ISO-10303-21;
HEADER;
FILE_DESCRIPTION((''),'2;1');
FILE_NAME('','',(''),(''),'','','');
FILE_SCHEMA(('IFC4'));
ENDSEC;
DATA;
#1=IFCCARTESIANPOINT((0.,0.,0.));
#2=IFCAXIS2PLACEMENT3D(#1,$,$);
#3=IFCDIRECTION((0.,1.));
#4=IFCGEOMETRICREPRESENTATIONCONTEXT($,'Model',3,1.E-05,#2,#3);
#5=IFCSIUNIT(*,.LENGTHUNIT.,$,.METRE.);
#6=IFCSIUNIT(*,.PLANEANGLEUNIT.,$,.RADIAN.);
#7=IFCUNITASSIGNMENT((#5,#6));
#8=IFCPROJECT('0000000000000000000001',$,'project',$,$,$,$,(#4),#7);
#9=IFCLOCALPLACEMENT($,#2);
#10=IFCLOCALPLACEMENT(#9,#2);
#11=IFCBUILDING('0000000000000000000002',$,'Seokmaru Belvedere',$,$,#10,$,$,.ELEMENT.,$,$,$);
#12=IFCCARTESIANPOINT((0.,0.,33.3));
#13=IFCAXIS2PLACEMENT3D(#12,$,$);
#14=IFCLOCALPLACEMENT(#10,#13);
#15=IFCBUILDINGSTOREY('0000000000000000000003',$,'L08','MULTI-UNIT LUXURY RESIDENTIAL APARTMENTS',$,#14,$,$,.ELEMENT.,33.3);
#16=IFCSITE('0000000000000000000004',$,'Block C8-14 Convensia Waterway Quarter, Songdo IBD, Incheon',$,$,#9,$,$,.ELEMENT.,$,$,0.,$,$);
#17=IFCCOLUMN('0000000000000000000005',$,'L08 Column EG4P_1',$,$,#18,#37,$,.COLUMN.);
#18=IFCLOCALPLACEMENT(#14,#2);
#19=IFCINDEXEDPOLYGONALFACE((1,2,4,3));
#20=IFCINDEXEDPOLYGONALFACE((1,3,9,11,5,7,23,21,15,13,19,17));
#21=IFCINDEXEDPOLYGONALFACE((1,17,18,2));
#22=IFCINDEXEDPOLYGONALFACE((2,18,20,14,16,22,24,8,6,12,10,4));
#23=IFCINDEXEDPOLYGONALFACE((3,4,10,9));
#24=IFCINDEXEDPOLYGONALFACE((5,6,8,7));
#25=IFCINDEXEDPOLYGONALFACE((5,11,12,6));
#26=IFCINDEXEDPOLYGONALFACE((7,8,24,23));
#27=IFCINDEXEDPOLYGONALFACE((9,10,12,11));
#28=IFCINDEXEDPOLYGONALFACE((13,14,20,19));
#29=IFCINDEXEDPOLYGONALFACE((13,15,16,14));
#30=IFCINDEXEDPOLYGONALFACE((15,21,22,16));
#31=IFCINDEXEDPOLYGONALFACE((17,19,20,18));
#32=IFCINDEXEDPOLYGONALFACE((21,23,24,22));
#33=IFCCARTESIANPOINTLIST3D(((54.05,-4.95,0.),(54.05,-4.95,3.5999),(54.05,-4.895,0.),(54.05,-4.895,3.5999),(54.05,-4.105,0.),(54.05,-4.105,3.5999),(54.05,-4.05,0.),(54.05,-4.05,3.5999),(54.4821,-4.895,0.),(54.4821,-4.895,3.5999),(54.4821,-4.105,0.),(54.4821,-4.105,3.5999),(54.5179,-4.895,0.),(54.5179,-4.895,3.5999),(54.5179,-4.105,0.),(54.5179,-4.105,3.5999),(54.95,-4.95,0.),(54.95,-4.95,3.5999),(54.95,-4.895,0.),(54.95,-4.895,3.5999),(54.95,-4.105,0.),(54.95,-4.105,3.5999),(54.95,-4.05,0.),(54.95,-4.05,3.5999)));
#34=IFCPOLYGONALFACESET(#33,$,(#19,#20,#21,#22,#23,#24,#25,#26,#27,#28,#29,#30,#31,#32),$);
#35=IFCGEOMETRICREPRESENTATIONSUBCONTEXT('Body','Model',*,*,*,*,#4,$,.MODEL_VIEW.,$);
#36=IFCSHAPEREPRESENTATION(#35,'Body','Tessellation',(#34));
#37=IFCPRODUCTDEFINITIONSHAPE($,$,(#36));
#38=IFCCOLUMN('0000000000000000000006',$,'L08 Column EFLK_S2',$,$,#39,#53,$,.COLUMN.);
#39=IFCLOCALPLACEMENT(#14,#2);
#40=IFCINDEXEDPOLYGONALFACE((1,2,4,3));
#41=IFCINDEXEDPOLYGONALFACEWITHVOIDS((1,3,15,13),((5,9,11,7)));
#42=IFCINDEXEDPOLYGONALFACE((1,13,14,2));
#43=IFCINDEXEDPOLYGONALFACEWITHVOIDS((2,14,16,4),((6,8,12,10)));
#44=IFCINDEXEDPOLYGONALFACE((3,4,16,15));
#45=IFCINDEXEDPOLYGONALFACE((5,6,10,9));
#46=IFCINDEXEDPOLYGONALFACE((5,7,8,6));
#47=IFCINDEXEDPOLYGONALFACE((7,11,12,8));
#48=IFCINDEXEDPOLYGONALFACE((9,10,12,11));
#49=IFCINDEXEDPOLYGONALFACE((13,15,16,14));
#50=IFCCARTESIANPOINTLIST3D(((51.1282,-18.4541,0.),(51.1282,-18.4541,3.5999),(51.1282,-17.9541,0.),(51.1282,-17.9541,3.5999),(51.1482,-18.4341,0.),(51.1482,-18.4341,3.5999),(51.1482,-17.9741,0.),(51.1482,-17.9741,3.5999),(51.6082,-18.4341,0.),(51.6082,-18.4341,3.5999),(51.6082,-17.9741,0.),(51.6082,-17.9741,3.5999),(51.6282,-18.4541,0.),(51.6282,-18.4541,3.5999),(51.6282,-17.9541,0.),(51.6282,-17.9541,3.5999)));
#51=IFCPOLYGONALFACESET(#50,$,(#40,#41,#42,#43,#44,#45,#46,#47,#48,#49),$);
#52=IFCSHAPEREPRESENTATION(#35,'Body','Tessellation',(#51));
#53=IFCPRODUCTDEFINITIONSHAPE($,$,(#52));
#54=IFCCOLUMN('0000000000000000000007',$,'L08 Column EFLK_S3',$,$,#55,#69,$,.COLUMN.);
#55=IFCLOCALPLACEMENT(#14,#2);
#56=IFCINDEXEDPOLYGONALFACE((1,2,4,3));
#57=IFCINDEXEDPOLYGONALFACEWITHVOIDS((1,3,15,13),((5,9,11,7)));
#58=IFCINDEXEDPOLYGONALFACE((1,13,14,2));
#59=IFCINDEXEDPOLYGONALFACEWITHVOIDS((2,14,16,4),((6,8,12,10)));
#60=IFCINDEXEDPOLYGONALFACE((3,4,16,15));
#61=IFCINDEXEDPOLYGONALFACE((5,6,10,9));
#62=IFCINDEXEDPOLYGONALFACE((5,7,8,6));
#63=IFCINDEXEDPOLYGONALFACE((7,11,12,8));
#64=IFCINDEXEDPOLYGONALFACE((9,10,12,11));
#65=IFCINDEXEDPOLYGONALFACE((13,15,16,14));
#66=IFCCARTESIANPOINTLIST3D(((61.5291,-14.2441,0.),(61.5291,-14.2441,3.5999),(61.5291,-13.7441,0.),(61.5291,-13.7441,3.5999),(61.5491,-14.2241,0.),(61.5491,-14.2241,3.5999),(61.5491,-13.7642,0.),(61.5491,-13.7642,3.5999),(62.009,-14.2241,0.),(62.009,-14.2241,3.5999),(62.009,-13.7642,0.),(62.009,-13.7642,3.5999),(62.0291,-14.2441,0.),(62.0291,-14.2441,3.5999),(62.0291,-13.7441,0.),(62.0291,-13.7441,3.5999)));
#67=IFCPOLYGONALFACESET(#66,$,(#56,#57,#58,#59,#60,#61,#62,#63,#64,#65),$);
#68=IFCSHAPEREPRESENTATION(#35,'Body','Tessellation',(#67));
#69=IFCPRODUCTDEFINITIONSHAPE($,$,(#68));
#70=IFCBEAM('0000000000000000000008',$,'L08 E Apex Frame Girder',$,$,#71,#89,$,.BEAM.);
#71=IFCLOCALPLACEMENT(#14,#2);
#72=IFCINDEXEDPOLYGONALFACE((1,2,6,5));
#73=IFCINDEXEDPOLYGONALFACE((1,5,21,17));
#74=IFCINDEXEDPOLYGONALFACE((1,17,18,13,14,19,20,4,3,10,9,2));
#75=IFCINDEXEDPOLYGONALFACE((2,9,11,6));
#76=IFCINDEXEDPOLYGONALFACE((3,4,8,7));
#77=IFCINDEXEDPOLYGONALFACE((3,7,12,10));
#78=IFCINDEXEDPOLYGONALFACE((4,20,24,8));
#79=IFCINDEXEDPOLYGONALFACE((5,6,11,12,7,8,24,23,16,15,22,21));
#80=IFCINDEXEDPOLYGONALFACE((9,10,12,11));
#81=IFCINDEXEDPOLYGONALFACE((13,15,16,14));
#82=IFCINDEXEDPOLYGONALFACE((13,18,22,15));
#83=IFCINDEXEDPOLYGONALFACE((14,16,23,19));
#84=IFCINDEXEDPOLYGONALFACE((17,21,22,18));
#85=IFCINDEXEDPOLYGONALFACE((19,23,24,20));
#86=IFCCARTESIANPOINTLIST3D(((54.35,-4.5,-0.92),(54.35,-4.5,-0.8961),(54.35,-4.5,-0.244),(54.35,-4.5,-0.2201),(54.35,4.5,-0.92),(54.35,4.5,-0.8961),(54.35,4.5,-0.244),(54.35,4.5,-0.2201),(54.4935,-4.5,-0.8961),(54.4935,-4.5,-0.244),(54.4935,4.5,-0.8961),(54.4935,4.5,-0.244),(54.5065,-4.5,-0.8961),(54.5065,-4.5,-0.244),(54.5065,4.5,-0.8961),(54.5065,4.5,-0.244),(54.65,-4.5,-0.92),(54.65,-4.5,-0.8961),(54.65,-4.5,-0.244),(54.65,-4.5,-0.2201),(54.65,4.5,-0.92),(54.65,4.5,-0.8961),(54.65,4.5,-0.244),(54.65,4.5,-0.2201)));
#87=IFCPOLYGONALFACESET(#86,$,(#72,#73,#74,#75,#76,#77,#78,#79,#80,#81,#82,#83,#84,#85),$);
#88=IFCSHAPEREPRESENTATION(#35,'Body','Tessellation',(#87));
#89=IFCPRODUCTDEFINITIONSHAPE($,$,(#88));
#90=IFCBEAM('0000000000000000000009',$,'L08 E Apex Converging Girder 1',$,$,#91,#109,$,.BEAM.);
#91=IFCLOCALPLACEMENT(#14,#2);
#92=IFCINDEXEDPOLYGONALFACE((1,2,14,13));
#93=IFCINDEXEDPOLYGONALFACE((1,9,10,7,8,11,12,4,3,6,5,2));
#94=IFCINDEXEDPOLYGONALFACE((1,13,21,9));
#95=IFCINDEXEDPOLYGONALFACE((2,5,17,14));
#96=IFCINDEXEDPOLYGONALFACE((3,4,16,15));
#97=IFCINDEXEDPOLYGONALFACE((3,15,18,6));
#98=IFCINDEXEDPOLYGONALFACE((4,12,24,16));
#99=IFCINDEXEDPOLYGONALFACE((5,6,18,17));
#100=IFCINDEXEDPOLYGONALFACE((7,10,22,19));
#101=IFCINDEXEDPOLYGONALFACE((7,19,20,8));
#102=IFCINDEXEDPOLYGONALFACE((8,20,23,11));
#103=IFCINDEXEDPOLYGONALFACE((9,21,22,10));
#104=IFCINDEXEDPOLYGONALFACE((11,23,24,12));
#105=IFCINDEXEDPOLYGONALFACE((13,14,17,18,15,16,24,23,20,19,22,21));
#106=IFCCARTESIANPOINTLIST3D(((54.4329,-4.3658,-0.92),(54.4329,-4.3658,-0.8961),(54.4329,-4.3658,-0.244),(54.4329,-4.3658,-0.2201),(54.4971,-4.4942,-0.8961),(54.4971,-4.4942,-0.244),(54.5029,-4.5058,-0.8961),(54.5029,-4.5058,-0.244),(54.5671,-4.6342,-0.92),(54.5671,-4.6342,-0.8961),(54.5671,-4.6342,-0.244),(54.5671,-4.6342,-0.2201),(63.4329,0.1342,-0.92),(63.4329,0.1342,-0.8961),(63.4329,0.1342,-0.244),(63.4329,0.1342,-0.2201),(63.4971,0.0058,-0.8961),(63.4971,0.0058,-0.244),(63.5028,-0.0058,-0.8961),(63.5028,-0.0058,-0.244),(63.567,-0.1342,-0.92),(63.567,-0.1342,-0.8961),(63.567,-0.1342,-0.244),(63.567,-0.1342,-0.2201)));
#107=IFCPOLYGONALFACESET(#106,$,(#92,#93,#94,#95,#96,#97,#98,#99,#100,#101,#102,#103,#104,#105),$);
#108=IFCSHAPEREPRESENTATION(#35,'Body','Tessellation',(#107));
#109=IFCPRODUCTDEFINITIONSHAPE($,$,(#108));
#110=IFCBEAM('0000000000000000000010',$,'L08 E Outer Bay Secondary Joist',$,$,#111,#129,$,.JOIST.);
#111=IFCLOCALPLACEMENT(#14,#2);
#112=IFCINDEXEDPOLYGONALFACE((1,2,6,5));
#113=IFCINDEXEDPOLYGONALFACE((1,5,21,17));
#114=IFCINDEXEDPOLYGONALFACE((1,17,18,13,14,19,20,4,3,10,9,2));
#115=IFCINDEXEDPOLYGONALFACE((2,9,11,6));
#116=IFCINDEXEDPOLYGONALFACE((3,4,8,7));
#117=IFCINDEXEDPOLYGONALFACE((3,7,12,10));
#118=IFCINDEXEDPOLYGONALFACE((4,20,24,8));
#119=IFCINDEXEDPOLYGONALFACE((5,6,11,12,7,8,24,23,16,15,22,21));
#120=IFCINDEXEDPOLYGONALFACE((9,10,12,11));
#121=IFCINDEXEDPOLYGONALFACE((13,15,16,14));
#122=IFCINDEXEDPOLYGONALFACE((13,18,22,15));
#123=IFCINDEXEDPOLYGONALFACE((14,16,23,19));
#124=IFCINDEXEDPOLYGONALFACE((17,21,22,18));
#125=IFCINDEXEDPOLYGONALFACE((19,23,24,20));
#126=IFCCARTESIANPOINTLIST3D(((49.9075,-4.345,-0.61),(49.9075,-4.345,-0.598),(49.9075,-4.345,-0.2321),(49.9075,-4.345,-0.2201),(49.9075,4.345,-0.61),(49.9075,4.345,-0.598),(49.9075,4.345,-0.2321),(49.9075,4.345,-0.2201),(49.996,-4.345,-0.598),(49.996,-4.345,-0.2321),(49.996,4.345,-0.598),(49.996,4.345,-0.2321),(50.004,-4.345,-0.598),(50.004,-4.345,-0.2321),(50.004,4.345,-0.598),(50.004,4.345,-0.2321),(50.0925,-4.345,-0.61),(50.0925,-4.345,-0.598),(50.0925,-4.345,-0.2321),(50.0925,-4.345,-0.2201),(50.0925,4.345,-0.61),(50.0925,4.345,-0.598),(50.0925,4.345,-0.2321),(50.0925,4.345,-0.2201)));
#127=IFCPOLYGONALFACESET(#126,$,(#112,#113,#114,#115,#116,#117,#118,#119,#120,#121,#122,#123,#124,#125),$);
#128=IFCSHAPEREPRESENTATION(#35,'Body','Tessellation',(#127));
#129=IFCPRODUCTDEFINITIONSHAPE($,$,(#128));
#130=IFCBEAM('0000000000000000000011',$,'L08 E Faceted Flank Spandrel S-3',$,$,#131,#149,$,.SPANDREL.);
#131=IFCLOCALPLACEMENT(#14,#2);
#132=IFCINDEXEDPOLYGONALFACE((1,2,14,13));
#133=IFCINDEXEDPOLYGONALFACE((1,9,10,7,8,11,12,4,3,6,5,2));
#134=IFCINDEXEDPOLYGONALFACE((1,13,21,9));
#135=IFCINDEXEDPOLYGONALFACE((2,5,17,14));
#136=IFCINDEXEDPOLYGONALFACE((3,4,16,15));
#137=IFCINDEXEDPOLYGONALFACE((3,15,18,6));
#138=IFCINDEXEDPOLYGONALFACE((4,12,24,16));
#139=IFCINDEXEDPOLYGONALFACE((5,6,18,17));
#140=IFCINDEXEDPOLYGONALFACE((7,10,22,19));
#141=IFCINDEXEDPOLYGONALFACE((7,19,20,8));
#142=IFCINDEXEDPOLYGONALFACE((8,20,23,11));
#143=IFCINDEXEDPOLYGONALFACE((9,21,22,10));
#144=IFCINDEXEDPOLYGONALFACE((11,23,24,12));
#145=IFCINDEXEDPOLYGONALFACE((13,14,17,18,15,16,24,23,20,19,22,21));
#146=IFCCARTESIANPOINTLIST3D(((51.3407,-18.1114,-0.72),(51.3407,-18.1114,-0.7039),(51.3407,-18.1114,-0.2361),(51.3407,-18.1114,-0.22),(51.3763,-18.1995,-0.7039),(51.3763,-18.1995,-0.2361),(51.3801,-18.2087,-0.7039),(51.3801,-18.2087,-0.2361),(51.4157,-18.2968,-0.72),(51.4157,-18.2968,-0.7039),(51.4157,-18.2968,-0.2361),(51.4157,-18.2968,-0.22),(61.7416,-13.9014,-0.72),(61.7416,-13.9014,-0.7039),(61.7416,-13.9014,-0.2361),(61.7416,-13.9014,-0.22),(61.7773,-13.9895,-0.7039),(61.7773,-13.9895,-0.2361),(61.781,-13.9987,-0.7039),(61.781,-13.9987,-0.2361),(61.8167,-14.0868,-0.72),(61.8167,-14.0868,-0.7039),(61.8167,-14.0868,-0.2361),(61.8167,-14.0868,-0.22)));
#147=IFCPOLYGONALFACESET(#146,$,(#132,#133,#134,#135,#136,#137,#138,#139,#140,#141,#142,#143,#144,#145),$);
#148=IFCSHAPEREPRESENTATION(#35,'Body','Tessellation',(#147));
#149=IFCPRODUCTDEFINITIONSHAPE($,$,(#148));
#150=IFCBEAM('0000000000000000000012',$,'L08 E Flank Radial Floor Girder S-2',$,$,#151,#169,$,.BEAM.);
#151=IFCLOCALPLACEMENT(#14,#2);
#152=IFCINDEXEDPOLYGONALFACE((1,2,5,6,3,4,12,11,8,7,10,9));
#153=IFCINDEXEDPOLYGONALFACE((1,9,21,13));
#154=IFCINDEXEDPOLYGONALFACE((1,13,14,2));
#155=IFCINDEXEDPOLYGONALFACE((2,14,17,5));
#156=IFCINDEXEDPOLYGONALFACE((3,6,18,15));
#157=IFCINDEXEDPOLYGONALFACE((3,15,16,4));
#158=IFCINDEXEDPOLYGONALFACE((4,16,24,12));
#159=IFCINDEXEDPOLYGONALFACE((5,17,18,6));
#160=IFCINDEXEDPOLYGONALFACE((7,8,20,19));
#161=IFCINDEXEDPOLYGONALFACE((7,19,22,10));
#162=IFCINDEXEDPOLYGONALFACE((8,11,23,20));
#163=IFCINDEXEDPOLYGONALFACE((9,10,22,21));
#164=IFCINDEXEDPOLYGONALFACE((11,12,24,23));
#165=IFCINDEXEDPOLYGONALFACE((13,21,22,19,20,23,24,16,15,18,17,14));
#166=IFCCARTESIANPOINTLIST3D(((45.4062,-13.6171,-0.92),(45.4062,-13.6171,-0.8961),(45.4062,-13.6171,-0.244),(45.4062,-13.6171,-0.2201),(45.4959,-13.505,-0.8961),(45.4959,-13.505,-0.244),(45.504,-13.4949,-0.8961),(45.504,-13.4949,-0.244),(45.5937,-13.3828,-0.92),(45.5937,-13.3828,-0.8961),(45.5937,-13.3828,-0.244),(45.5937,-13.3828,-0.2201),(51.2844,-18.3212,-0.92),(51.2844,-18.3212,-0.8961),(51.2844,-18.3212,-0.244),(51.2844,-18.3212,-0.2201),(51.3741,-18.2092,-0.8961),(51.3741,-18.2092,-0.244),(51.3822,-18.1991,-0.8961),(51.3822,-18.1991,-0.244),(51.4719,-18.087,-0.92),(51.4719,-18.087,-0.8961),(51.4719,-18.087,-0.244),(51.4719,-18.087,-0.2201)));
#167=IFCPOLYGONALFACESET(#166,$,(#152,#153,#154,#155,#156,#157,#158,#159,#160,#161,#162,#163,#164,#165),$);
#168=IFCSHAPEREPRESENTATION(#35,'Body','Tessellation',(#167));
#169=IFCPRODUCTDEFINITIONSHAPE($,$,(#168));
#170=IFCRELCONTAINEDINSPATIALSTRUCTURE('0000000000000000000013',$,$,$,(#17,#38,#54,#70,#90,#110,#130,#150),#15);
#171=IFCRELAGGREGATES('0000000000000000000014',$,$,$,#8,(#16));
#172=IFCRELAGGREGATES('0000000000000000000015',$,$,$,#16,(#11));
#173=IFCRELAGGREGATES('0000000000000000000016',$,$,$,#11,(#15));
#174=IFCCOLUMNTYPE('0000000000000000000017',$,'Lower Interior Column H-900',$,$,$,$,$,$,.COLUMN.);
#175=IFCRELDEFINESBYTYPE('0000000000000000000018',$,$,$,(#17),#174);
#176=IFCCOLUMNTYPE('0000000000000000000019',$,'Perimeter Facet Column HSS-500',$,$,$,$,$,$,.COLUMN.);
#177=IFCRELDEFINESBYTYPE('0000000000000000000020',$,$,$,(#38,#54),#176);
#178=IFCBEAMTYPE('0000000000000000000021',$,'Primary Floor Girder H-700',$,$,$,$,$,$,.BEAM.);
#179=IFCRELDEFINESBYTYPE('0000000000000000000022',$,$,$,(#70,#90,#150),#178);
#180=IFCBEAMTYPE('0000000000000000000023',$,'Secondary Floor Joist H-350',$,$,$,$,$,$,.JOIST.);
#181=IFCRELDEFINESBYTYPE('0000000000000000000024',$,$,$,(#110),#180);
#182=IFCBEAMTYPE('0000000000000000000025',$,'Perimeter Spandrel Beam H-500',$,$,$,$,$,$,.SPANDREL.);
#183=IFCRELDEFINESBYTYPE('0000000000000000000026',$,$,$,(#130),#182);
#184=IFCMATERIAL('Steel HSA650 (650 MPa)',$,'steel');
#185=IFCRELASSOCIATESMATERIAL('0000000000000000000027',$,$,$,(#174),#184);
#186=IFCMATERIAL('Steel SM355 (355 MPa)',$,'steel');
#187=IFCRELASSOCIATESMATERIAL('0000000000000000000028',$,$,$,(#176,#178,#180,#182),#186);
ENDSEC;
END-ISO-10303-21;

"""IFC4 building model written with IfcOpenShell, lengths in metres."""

from ifc_helpers import new_model, si_unit, direction, frame, origin, origin_2d, place, context, subcontext, project, spatial, hollow_rectangle, i_section, extrude, source, transform, mapped, material, material_profile, profile_set, type_object, type_shapes, element, save


model = new_model("IFC4")

# Units and contexts
model_context = context("Model", 3, precision=1e-05, world=origin(), true_north=direction((0.0, 1.0)))
body_context = subcontext(model_context, "Body", "Model", "MODEL_VIEW")
ifc_project = project(units=[si_unit("LENGTHUNIT", "METRE"), si_unit("PLANEANGLEUNIT", "RADIAN")], contexts=[model_context])

# Site, building, storey
site_placement = place(None, origin())
site = spatial("IfcSite", under=ifc_project, at=site_placement, Name="Block C8-14 Convensia Waterway Quarter, Songdo IBD, Incheon", CompositionType="ELEMENT", RefElevation=0.0)
building_placement = place(site_placement, origin())
building = spatial("IfcBuilding", under=site, at=building_placement, Name="Seokmaru Belvedere", CompositionType="ELEMENT")
storey_placement = place(building_placement, frame((0.0, 0.0, 33.3)))
storey = spatial("IfcBuildingStorey", under=building, at=storey_placement, Name="L08", Description="MULTI-UNIT LUXURY RESIDENTIAL APARTMENTS", CompositionType="ELEMENT", Elevation=33.3)

# Columns
ifc_material_1 = material(Name="Steel HSA650 (650 MPa)", Category="steel")
ifc_material_profile_1 = material_profile(ifc_material_1, i_section(OverallWidth=0.8999, OverallDepth=0.8999, WebThickness=0.0359, FlangeThickness=0.0549, at=origin_2d()), Name="H-900x900x36x55")
ifc_profile_set_1 = profile_set([ifc_material_profile_1], Name="Steel HSA650 (650 MPa)")
column_type_1 = type_object("IfcColumnType", Name="Lower Interior Column H-900", PredefinedType="COLUMN", material=ifc_profile_set_1)
shared_shape_1 = source(origin(), body_context, "Body", "SweptSolid", [
    extrude(i_section(OverallWidth=0.8999, OverallDepth=0.8999, WebThickness=0.0359, FlangeThickness=0.0549, at=origin_2d()), origin(), (0.0, 0.0, 1.0), 3.5999),
])
type_shapes(column_type_1, [shared_shape_1])
column_placement = place(storey_placement, frame((54.5, -4.5, 0.0), z_axis=(0.0, 0.0, 1.0), x_axis=(1.0, 0.0, 0.0)))
element("IfcColumn", 1, at=column_placement, inside=storey, type_object=column_type_1, Name="L08 Column EG4P_1", PredefinedType="COLUMN", context=body_context, shape_type="MappedRepresentation", body=[
    mapped(shared_shape_1, transform((0.0, 0.0, 0.0), scale=1.0)),
])
ifc_material_2 = material(Name="Steel SM355 (355 MPa)", Category="steel")
ifc_material_profile_2 = material_profile(ifc_material_2, hollow_rectangle(XDim=0.5, YDim=0.5, WallThickness=0.02, at=origin_2d()), Name="HSS-500x500x20")
ifc_profile_set_2 = profile_set([ifc_material_profile_2], Name="Steel SM355 (355 MPa)")
column_type_2 = type_object("IfcColumnType", Name="Perimeter Facet Column HSS-500", PredefinedType="COLUMN", material=ifc_profile_set_2)
shared_shape_2 = source(origin(), body_context, "Body", "SweptSolid", [
    extrude(hollow_rectangle(XDim=0.5, YDim=0.5, WallThickness=0.02, at=origin_2d()), origin(), (0.0, 0.0, 1.0), 3.5999),
])
type_shapes(column_type_2, [shared_shape_2])
for number, where, z_axis, x_axis, name in (
    (2, (51.3782, -18.2041, 0.0), (0.0, 0.0, 1.0), (1.0, 0.0, 0.0), "L08 Column EFLK_S2"),
    (3, (61.7791, -13.9941, 0.0), (0.0, 0.0, 1.0), (1.0, 0.0, 0.0), "L08 Column EFLK_S3"),
):
    element("IfcColumn", number, at=place(storey_placement, frame(where, z_axis=z_axis, x_axis=x_axis)), inside=storey, type_object=column_type_2, Name=name, PredefinedType="COLUMN", context=body_context, shape_type="MappedRepresentation", body=[
        mapped(shared_shape_2, transform((0.0, 0.0, 0.0), scale=1.0)),
    ])

# Beams
ifc_material_profile_3 = material_profile(ifc_material_2, i_section(OverallWidth=0.3, OverallDepth=0.7, WebThickness=0.0129, FlangeThickness=0.0239, at=origin_2d()), Name="H-700x300x13x24")
ifc_profile_set_3 = profile_set([ifc_material_profile_3], Name="Steel SM355 (355 MPa)")
beam_type_1 = type_object("IfcBeamType", Name="Primary Floor Girder H-700", PredefinedType="BEAM", material=ifc_profile_set_3)
shared_shape_3 = source(origin(), body_context, "Body", "SweptSolid", [
    extrude(i_section(OverallWidth=0.3, OverallDepth=0.7, WebThickness=0.0129, FlangeThickness=0.0239, at=origin_2d()), origin(), (0.0, 0.0, 1.0), 9.0),
])
beam_1_placement = place(storey_placement, frame((54.5, -4.5, -0.5701), z_axis=(0.0, 1.0, 0.0), x_axis=(-1.0, 0.0, 0.0)))
element("IfcBeam", 4, at=beam_1_placement, inside=storey, type_object=beam_type_1, Name="L08 E Apex Frame Girder", PredefinedType="BEAM", context=body_context, shape_type="MappedRepresentation", body=[
    mapped(shared_shape_3, transform((0.0, 0.0, 0.0), scale=1.0)),
])
shared_shape_4 = source(origin(), body_context, "Body", "SweptSolid", [
    extrude(i_section(OverallWidth=0.3, OverallDepth=0.7, WebThickness=0.0129, FlangeThickness=0.0239, at=origin_2d()), origin(), (0.0, 0.0, 1.0), 10.0623),
])
beam_2_placement = place(storey_placement, frame((54.5, -4.5, -0.5701), z_axis=(0.894427, 0.447214, 0.0), x_axis=(-0.447214, 0.894427, 0.0)))
element("IfcBeam", 5, at=beam_2_placement, inside=storey, type_object=beam_type_1, Name="L08 E Apex Converging Girder 1", PredefinedType="BEAM", context=body_context, shape_type="MappedRepresentation", body=[
    mapped(shared_shape_4, transform((0.0, 0.0, 0.0), scale=1.0)),
])
ifc_material_profile_4 = material_profile(ifc_material_2, i_section(OverallWidth=0.1851, OverallDepth=0.3899, WebThickness=0.0081, FlangeThickness=0.012, at=origin_2d()), Name="H-390x185x8x12")
ifc_profile_set_4 = profile_set([ifc_material_profile_4], Name="Steel SM355 (355 MPa)")
beam_type_2 = type_object("IfcBeamType", Name="Secondary Floor Joist H-350", PredefinedType="JOIST", material=ifc_profile_set_4)
shared_shape_5 = source(origin(), body_context, "Body", "SweptSolid", [
    extrude(i_section(OverallWidth=0.1851, OverallDepth=0.3899, WebThickness=0.0081, FlangeThickness=0.012, at=origin_2d()), origin(), (0.0, 0.0, 1.0), 8.6899),
])
type_shapes(beam_type_2, [shared_shape_5])
beam_3_placement = place(storey_placement, frame((50.0, -4.345, -0.415), z_axis=(0.0, 1.0, 0.0), x_axis=(-1.0, 0.0, 0.0)))
element("IfcBeam", 6, at=beam_3_placement, inside=storey, type_object=beam_type_2, Name="L08 E Outer Bay Secondary Joist", PredefinedType="JOIST", context=body_context, shape_type="MappedRepresentation", body=[
    mapped(shared_shape_5, transform((0.0, 0.0, 0.0), scale=1.0)),
])
ifc_material_profile_5 = material_profile(ifc_material_2, i_section(OverallWidth=0.2, OverallDepth=0.5, WebThickness=0.01, FlangeThickness=0.0161, at=origin_2d()), Name="H-500x200x10x16")
ifc_profile_set_5 = profile_set([ifc_material_profile_5], Name="Steel SM355 (355 MPa)")
beam_type_3 = type_object("IfcBeamType", Name="Perimeter Spandrel Beam H-500", PredefinedType="SPANDREL", material=ifc_profile_set_5)
shared_shape_6 = source(origin(), body_context, "Body", "SweptSolid", [
    extrude(i_section(OverallWidth=0.2, OverallDepth=0.5, WebThickness=0.01, FlangeThickness=0.0161, at=origin_2d()), origin(), (0.0, 0.0, 1.0), 11.2207),
])
type_shapes(beam_type_3, [shared_shape_6])
beam_4_placement = place(storey_placement, frame((51.3782, -18.2041, -0.47), z_axis=(0.926944, 0.375199, 0.0), x_axis=(-0.375199, 0.926944, 0.0)))
element("IfcBeam", 7, at=beam_4_placement, inside=storey, type_object=beam_type_3, Name="L08 E Faceted Flank Spandrel S-3", PredefinedType="SPANDREL", context=body_context, shape_type="MappedRepresentation", body=[
    mapped(shared_shape_6, transform((0.0, 0.0, 0.0), scale=1.0)),
])
shared_shape_7 = source(origin(), body_context, "Body", "SweptSolid", [
    extrude(i_section(OverallWidth=0.3, OverallDepth=0.7, WebThickness=0.0129, FlangeThickness=0.0239, at=origin_2d()), origin(), (0.0, 0.0, 1.0), 7.5288),
])
type_shapes(beam_type_1, [shared_shape_3, shared_shape_4, shared_shape_7])
beam_5_placement = place(storey_placement, frame((51.3782, -18.2041, -0.5701), z_axis=(-0.780768, 0.624822, 0.0), x_axis=(-0.624822, -0.780768, 0.0)))
element("IfcBeam", 8, at=beam_5_placement, inside=storey, type_object=beam_type_1, Name="L08 E Flank Radial Floor Girder S-2", PredefinedType="BEAM", context=body_context, shape_type="MappedRepresentation", body=[
    mapped(shared_shape_7, transform((0.0, 0.0, 0.0), scale=1.0)),
])

save(model, "model.ifc")
